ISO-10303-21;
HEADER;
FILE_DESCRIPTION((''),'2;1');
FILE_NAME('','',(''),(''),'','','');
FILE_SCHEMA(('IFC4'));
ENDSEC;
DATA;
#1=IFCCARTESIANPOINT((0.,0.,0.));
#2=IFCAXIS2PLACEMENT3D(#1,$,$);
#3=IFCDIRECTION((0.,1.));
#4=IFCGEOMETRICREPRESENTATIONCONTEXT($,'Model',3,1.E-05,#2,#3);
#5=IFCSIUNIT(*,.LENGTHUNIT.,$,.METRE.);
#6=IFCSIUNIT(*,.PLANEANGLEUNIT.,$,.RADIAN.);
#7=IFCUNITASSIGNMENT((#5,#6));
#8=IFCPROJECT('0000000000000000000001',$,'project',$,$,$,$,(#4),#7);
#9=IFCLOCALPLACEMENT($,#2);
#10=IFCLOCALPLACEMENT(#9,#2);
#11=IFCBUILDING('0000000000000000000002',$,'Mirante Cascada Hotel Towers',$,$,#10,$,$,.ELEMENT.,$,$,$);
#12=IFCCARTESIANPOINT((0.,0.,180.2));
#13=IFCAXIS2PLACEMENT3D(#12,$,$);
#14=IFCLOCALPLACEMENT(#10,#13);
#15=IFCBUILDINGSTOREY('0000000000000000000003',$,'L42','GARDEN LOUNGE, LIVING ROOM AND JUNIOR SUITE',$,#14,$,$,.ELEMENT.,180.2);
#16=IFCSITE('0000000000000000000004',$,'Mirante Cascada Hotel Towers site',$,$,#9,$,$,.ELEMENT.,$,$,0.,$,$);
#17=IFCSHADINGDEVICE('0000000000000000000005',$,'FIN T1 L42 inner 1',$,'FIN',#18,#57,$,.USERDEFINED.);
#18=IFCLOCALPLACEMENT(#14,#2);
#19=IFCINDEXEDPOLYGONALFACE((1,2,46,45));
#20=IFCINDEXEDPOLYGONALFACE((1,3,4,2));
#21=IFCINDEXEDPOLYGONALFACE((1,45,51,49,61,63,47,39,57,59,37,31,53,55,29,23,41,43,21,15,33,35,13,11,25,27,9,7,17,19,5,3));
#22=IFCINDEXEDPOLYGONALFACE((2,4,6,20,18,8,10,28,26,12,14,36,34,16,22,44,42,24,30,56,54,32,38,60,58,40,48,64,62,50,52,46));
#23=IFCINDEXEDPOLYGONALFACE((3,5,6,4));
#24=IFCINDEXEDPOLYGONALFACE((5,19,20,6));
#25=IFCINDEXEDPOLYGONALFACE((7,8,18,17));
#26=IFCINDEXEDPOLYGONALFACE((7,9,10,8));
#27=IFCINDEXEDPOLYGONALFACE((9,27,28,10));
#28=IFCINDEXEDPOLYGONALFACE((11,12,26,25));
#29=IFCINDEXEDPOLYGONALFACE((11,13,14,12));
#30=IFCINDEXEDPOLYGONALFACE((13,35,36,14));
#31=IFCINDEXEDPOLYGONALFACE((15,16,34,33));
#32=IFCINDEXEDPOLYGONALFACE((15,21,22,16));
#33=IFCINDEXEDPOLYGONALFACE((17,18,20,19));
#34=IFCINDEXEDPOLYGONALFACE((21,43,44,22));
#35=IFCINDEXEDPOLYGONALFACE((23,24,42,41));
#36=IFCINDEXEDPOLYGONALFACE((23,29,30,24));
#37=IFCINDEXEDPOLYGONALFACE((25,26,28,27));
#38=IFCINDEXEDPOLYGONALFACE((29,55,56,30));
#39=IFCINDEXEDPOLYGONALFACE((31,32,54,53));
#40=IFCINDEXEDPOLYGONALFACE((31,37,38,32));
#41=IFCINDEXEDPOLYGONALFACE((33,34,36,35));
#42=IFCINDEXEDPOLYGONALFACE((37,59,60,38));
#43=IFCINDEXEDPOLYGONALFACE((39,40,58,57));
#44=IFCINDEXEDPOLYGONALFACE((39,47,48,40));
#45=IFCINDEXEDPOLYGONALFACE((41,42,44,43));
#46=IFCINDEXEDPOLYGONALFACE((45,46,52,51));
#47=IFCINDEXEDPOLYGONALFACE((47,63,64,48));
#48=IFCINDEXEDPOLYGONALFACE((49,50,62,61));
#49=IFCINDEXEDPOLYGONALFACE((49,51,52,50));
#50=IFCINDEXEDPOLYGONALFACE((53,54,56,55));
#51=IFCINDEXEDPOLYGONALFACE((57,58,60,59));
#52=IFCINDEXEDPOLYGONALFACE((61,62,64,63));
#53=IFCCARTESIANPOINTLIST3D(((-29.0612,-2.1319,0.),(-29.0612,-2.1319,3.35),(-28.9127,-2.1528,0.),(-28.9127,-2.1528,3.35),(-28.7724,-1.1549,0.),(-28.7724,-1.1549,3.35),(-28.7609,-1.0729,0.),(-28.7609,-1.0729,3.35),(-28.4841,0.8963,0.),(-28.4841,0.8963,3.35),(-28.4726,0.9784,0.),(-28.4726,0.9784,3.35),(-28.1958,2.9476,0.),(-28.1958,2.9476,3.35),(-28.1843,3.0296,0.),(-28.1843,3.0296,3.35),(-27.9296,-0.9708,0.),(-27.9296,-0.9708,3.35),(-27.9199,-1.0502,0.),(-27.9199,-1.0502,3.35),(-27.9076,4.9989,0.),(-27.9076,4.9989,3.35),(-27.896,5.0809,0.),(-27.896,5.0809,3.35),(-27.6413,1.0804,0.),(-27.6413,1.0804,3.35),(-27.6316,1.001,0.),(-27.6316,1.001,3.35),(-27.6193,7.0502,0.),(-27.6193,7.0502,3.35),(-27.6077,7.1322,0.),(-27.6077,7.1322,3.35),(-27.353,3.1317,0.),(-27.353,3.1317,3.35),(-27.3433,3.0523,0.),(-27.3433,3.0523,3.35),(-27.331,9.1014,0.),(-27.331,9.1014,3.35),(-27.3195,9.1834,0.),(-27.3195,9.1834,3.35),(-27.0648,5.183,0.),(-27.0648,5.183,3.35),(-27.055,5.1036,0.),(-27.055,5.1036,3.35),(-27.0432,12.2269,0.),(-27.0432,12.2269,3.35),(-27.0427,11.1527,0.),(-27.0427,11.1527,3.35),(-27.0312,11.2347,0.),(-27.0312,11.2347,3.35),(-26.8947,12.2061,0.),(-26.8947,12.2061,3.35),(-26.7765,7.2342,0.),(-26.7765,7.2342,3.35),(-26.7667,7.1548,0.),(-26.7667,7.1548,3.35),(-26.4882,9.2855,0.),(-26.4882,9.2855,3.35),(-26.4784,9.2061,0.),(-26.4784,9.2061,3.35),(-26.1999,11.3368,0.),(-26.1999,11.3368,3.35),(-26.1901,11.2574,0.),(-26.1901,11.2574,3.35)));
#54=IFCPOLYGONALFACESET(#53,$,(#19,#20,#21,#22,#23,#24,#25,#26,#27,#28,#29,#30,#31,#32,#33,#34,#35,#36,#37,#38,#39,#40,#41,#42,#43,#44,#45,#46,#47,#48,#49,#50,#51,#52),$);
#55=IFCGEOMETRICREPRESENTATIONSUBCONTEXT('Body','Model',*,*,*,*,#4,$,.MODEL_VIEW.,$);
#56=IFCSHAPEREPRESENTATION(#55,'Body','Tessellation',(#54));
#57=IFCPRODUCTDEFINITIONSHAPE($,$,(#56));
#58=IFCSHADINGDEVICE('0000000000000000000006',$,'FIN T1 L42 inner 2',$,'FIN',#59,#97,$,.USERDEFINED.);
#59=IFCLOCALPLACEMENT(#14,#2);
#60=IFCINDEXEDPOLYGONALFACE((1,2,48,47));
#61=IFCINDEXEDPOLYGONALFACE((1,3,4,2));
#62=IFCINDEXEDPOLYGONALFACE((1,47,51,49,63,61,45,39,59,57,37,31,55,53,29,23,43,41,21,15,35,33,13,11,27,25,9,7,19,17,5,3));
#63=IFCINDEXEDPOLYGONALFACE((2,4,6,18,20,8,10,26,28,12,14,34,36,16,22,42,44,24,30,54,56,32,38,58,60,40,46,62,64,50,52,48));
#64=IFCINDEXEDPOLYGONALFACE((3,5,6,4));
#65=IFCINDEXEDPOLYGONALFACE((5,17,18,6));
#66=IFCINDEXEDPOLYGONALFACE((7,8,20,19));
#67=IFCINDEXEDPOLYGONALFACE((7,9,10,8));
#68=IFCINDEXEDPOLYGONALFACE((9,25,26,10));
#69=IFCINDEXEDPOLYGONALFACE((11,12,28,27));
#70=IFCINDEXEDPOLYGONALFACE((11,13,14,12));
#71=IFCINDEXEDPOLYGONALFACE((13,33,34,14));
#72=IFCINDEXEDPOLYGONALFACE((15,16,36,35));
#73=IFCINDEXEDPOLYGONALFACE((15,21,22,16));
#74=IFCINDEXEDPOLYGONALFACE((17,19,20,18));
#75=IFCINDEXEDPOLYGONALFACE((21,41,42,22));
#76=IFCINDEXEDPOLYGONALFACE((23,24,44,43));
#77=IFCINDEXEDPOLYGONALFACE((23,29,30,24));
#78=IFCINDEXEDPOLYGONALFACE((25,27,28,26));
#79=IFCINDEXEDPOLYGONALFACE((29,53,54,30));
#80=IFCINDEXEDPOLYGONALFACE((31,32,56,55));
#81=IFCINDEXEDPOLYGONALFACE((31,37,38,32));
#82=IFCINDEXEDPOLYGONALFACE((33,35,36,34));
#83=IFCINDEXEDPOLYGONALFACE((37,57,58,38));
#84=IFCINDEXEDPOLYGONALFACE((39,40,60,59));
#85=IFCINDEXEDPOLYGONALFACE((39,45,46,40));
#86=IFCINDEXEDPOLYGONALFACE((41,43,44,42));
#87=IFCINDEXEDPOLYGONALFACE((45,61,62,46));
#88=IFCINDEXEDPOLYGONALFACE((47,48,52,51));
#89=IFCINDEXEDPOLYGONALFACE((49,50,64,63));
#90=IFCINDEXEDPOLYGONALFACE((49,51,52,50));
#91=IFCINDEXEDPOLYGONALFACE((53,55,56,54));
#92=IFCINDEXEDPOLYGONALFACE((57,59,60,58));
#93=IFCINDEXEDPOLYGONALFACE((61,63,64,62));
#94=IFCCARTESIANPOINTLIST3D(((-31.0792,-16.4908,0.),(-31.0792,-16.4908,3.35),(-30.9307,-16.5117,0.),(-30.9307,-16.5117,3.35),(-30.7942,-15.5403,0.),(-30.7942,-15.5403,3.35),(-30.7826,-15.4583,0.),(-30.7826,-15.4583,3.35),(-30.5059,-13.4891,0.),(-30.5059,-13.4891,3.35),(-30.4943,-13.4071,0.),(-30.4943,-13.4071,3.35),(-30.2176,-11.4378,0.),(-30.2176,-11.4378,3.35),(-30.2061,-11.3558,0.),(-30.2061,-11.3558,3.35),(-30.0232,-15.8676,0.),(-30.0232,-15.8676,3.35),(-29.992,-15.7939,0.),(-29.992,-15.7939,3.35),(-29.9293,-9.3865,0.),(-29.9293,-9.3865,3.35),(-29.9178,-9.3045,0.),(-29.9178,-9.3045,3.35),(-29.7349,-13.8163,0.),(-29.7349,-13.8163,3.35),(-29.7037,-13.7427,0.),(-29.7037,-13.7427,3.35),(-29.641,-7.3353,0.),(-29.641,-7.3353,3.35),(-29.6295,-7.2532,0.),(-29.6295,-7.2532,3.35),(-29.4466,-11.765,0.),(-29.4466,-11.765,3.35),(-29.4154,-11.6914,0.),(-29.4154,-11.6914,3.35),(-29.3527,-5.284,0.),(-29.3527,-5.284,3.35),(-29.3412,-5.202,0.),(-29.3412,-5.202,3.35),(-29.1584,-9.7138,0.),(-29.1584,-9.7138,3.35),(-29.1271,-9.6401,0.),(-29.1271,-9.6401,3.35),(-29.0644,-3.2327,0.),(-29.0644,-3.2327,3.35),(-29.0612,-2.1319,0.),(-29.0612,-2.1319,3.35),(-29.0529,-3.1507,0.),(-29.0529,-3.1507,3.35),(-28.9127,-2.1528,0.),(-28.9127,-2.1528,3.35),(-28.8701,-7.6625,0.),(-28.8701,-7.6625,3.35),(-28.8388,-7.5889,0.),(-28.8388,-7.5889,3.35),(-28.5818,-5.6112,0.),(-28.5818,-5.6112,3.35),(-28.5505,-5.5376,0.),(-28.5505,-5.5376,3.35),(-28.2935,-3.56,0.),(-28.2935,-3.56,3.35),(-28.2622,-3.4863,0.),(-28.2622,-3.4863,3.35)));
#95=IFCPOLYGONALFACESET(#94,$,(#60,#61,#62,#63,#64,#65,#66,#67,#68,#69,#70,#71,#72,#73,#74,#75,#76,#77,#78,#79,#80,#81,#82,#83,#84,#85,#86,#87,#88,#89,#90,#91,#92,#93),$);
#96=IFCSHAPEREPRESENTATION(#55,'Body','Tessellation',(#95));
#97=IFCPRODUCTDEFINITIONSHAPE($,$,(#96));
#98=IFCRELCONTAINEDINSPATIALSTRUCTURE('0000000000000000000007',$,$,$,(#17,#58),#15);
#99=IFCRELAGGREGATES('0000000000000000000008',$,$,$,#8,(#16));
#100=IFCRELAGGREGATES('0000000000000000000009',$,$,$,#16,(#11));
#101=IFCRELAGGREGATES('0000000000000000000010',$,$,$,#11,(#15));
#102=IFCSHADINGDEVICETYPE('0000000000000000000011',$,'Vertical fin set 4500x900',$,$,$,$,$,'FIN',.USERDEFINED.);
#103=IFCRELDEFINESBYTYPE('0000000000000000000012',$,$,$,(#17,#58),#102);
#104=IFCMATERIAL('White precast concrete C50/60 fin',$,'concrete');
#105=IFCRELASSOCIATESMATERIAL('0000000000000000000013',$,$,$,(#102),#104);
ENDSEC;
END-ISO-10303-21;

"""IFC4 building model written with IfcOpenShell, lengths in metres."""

from ifc_helpers import new_model, si_unit, direction, frame, origin, place, context, subcontext, project, spatial, polyline, outline, extrude, material, type_object, element, save


model = new_model("IFC4")

# Units and contexts
model_context = context("Model", 3, precision=1e-05, world=origin(), true_north=direction((0.0, 1.0)))
body_context = subcontext(model_context, "Body", "Model", "MODEL_VIEW")
ifc_project = project(units=[si_unit("LENGTHUNIT", "METRE"), si_unit("PLANEANGLEUNIT", "RADIAN")], contexts=[model_context])

# Site, building, storey
site_placement = place(None, origin())
site = spatial("IfcSite", under=ifc_project, at=site_placement, Name="Mirante Cascada Hotel Towers site", CompositionType="ELEMENT", RefElevation=0.0)
building_placement = place(site_placement, origin())
building = spatial("IfcBuilding", under=site, at=building_placement, Name="Mirante Cascada Hotel Towers", CompositionType="ELEMENT")
storey_placement = place(building_placement, frame((0.0, 0.0, 180.2)))
storey = spatial("IfcBuildingStorey", under=building, at=storey_placement, Name="L42", Description="GARDEN LOUNGE, LIVING ROOM AND JUNIOR SUITE", CompositionType="ELEMENT", Elevation=180.2)

# Shading devices
ifc_material_1 = material(Name="White precast concrete C50/60 fin", Category="concrete")
shading_device_type = type_object("IfcShadingDeviceType", Name="Vertical fin set 4500x900", ElementType="FIN", PredefinedType="USERDEFINED", material=ifc_material_1)
shading_device_1_placement = place(storey_placement, origin())
element("IfcShadingDevice", 1, at=shading_device_1_placement, inside=storey, type_object=shading_device_type, Name="FIN T1 L42 inner 1", ObjectType="FIN", PredefinedType="USERDEFINED", context=body_context, shape_type="SweptSolid", body=[
    extrude(outline(polyline([(-28.7724, -1.1549), (-28.9127, -2.1528), (-29.0612, -2.1319), (-27.0432, 12.2269), (-26.8947, 12.2061), (-27.0312, 11.2347), (-26.1999, 11.3368), (-26.1901, 11.2574), (-27.0427, 11.1527), (-27.3195, 9.1834), (-26.4882, 9.2855), (-26.4784, 9.2061), (-27.331, 9.1014), (-27.6077, 7.1322), (-26.7765, 7.2342), (-26.7667, 7.1548), (-27.6193, 7.0502), (-27.896, 5.0809), (-27.0648, 5.183), (-27.055, 5.1036), (-27.9076, 4.9989), (-28.1843, 3.0296), (-27.353, 3.1317), (-27.3433, 3.0523), (-28.1958, 2.9476), (-28.4726, 0.9784), (-27.6413, 1.0804), (-27.6316, 1.001), (-28.4841, 0.8963), (-28.7609, -1.0729), (-27.9296, -0.9708), (-27.9199, -1.0502), (-28.7724, -1.1549)])), origin(), (0.0, 0.0, 1.0), 3.35),
])
shading_device_2_placement = place(storey_placement, origin())
element("IfcShadingDevice", 2, at=shading_device_2_placement, inside=storey, type_object=shading_device_type, Name="FIN T1 L42 inner 2", ObjectType="FIN", PredefinedType="USERDEFINED", context=body_context, shape_type="SweptSolid", body=[
    extrude(outline(polyline([(-30.7942, -15.5403), (-30.9307, -16.5117), (-31.0792, -16.4908), (-29.0612, -2.1319), (-28.9127, -2.1528), (-29.0529, -3.1507), (-28.2622, -3.4863), (-28.2935, -3.56), (-29.0644, -3.2327), (-29.3412, -5.202), (-28.5505, -5.5376), (-28.5818, -5.6112), (-29.3527, -5.284), (-29.6295, -7.2532), (-28.8388, -7.5889), (-28.8701, -7.6625), (-29.641, -7.3353), (-29.9178, -9.3045), (-29.1271, -9.6401), (-29.1584, -9.7138), (-29.9293, -9.3865), (-30.2061, -11.3558), (-29.4154, -11.6914), (-29.4466, -11.765), (-30.2176, -11.4378), (-30.4943, -13.4071), (-29.7037, -13.7427), (-29.7349, -13.8163), (-30.5059, -13.4891), (-30.7826, -15.4583), (-29.992, -15.7939), (-30.0232, -15.8676), (-30.7942, -15.5403)])), origin(), (0.0, 0.0, 1.0), 3.35),
])

save(model, "model.ifc")
